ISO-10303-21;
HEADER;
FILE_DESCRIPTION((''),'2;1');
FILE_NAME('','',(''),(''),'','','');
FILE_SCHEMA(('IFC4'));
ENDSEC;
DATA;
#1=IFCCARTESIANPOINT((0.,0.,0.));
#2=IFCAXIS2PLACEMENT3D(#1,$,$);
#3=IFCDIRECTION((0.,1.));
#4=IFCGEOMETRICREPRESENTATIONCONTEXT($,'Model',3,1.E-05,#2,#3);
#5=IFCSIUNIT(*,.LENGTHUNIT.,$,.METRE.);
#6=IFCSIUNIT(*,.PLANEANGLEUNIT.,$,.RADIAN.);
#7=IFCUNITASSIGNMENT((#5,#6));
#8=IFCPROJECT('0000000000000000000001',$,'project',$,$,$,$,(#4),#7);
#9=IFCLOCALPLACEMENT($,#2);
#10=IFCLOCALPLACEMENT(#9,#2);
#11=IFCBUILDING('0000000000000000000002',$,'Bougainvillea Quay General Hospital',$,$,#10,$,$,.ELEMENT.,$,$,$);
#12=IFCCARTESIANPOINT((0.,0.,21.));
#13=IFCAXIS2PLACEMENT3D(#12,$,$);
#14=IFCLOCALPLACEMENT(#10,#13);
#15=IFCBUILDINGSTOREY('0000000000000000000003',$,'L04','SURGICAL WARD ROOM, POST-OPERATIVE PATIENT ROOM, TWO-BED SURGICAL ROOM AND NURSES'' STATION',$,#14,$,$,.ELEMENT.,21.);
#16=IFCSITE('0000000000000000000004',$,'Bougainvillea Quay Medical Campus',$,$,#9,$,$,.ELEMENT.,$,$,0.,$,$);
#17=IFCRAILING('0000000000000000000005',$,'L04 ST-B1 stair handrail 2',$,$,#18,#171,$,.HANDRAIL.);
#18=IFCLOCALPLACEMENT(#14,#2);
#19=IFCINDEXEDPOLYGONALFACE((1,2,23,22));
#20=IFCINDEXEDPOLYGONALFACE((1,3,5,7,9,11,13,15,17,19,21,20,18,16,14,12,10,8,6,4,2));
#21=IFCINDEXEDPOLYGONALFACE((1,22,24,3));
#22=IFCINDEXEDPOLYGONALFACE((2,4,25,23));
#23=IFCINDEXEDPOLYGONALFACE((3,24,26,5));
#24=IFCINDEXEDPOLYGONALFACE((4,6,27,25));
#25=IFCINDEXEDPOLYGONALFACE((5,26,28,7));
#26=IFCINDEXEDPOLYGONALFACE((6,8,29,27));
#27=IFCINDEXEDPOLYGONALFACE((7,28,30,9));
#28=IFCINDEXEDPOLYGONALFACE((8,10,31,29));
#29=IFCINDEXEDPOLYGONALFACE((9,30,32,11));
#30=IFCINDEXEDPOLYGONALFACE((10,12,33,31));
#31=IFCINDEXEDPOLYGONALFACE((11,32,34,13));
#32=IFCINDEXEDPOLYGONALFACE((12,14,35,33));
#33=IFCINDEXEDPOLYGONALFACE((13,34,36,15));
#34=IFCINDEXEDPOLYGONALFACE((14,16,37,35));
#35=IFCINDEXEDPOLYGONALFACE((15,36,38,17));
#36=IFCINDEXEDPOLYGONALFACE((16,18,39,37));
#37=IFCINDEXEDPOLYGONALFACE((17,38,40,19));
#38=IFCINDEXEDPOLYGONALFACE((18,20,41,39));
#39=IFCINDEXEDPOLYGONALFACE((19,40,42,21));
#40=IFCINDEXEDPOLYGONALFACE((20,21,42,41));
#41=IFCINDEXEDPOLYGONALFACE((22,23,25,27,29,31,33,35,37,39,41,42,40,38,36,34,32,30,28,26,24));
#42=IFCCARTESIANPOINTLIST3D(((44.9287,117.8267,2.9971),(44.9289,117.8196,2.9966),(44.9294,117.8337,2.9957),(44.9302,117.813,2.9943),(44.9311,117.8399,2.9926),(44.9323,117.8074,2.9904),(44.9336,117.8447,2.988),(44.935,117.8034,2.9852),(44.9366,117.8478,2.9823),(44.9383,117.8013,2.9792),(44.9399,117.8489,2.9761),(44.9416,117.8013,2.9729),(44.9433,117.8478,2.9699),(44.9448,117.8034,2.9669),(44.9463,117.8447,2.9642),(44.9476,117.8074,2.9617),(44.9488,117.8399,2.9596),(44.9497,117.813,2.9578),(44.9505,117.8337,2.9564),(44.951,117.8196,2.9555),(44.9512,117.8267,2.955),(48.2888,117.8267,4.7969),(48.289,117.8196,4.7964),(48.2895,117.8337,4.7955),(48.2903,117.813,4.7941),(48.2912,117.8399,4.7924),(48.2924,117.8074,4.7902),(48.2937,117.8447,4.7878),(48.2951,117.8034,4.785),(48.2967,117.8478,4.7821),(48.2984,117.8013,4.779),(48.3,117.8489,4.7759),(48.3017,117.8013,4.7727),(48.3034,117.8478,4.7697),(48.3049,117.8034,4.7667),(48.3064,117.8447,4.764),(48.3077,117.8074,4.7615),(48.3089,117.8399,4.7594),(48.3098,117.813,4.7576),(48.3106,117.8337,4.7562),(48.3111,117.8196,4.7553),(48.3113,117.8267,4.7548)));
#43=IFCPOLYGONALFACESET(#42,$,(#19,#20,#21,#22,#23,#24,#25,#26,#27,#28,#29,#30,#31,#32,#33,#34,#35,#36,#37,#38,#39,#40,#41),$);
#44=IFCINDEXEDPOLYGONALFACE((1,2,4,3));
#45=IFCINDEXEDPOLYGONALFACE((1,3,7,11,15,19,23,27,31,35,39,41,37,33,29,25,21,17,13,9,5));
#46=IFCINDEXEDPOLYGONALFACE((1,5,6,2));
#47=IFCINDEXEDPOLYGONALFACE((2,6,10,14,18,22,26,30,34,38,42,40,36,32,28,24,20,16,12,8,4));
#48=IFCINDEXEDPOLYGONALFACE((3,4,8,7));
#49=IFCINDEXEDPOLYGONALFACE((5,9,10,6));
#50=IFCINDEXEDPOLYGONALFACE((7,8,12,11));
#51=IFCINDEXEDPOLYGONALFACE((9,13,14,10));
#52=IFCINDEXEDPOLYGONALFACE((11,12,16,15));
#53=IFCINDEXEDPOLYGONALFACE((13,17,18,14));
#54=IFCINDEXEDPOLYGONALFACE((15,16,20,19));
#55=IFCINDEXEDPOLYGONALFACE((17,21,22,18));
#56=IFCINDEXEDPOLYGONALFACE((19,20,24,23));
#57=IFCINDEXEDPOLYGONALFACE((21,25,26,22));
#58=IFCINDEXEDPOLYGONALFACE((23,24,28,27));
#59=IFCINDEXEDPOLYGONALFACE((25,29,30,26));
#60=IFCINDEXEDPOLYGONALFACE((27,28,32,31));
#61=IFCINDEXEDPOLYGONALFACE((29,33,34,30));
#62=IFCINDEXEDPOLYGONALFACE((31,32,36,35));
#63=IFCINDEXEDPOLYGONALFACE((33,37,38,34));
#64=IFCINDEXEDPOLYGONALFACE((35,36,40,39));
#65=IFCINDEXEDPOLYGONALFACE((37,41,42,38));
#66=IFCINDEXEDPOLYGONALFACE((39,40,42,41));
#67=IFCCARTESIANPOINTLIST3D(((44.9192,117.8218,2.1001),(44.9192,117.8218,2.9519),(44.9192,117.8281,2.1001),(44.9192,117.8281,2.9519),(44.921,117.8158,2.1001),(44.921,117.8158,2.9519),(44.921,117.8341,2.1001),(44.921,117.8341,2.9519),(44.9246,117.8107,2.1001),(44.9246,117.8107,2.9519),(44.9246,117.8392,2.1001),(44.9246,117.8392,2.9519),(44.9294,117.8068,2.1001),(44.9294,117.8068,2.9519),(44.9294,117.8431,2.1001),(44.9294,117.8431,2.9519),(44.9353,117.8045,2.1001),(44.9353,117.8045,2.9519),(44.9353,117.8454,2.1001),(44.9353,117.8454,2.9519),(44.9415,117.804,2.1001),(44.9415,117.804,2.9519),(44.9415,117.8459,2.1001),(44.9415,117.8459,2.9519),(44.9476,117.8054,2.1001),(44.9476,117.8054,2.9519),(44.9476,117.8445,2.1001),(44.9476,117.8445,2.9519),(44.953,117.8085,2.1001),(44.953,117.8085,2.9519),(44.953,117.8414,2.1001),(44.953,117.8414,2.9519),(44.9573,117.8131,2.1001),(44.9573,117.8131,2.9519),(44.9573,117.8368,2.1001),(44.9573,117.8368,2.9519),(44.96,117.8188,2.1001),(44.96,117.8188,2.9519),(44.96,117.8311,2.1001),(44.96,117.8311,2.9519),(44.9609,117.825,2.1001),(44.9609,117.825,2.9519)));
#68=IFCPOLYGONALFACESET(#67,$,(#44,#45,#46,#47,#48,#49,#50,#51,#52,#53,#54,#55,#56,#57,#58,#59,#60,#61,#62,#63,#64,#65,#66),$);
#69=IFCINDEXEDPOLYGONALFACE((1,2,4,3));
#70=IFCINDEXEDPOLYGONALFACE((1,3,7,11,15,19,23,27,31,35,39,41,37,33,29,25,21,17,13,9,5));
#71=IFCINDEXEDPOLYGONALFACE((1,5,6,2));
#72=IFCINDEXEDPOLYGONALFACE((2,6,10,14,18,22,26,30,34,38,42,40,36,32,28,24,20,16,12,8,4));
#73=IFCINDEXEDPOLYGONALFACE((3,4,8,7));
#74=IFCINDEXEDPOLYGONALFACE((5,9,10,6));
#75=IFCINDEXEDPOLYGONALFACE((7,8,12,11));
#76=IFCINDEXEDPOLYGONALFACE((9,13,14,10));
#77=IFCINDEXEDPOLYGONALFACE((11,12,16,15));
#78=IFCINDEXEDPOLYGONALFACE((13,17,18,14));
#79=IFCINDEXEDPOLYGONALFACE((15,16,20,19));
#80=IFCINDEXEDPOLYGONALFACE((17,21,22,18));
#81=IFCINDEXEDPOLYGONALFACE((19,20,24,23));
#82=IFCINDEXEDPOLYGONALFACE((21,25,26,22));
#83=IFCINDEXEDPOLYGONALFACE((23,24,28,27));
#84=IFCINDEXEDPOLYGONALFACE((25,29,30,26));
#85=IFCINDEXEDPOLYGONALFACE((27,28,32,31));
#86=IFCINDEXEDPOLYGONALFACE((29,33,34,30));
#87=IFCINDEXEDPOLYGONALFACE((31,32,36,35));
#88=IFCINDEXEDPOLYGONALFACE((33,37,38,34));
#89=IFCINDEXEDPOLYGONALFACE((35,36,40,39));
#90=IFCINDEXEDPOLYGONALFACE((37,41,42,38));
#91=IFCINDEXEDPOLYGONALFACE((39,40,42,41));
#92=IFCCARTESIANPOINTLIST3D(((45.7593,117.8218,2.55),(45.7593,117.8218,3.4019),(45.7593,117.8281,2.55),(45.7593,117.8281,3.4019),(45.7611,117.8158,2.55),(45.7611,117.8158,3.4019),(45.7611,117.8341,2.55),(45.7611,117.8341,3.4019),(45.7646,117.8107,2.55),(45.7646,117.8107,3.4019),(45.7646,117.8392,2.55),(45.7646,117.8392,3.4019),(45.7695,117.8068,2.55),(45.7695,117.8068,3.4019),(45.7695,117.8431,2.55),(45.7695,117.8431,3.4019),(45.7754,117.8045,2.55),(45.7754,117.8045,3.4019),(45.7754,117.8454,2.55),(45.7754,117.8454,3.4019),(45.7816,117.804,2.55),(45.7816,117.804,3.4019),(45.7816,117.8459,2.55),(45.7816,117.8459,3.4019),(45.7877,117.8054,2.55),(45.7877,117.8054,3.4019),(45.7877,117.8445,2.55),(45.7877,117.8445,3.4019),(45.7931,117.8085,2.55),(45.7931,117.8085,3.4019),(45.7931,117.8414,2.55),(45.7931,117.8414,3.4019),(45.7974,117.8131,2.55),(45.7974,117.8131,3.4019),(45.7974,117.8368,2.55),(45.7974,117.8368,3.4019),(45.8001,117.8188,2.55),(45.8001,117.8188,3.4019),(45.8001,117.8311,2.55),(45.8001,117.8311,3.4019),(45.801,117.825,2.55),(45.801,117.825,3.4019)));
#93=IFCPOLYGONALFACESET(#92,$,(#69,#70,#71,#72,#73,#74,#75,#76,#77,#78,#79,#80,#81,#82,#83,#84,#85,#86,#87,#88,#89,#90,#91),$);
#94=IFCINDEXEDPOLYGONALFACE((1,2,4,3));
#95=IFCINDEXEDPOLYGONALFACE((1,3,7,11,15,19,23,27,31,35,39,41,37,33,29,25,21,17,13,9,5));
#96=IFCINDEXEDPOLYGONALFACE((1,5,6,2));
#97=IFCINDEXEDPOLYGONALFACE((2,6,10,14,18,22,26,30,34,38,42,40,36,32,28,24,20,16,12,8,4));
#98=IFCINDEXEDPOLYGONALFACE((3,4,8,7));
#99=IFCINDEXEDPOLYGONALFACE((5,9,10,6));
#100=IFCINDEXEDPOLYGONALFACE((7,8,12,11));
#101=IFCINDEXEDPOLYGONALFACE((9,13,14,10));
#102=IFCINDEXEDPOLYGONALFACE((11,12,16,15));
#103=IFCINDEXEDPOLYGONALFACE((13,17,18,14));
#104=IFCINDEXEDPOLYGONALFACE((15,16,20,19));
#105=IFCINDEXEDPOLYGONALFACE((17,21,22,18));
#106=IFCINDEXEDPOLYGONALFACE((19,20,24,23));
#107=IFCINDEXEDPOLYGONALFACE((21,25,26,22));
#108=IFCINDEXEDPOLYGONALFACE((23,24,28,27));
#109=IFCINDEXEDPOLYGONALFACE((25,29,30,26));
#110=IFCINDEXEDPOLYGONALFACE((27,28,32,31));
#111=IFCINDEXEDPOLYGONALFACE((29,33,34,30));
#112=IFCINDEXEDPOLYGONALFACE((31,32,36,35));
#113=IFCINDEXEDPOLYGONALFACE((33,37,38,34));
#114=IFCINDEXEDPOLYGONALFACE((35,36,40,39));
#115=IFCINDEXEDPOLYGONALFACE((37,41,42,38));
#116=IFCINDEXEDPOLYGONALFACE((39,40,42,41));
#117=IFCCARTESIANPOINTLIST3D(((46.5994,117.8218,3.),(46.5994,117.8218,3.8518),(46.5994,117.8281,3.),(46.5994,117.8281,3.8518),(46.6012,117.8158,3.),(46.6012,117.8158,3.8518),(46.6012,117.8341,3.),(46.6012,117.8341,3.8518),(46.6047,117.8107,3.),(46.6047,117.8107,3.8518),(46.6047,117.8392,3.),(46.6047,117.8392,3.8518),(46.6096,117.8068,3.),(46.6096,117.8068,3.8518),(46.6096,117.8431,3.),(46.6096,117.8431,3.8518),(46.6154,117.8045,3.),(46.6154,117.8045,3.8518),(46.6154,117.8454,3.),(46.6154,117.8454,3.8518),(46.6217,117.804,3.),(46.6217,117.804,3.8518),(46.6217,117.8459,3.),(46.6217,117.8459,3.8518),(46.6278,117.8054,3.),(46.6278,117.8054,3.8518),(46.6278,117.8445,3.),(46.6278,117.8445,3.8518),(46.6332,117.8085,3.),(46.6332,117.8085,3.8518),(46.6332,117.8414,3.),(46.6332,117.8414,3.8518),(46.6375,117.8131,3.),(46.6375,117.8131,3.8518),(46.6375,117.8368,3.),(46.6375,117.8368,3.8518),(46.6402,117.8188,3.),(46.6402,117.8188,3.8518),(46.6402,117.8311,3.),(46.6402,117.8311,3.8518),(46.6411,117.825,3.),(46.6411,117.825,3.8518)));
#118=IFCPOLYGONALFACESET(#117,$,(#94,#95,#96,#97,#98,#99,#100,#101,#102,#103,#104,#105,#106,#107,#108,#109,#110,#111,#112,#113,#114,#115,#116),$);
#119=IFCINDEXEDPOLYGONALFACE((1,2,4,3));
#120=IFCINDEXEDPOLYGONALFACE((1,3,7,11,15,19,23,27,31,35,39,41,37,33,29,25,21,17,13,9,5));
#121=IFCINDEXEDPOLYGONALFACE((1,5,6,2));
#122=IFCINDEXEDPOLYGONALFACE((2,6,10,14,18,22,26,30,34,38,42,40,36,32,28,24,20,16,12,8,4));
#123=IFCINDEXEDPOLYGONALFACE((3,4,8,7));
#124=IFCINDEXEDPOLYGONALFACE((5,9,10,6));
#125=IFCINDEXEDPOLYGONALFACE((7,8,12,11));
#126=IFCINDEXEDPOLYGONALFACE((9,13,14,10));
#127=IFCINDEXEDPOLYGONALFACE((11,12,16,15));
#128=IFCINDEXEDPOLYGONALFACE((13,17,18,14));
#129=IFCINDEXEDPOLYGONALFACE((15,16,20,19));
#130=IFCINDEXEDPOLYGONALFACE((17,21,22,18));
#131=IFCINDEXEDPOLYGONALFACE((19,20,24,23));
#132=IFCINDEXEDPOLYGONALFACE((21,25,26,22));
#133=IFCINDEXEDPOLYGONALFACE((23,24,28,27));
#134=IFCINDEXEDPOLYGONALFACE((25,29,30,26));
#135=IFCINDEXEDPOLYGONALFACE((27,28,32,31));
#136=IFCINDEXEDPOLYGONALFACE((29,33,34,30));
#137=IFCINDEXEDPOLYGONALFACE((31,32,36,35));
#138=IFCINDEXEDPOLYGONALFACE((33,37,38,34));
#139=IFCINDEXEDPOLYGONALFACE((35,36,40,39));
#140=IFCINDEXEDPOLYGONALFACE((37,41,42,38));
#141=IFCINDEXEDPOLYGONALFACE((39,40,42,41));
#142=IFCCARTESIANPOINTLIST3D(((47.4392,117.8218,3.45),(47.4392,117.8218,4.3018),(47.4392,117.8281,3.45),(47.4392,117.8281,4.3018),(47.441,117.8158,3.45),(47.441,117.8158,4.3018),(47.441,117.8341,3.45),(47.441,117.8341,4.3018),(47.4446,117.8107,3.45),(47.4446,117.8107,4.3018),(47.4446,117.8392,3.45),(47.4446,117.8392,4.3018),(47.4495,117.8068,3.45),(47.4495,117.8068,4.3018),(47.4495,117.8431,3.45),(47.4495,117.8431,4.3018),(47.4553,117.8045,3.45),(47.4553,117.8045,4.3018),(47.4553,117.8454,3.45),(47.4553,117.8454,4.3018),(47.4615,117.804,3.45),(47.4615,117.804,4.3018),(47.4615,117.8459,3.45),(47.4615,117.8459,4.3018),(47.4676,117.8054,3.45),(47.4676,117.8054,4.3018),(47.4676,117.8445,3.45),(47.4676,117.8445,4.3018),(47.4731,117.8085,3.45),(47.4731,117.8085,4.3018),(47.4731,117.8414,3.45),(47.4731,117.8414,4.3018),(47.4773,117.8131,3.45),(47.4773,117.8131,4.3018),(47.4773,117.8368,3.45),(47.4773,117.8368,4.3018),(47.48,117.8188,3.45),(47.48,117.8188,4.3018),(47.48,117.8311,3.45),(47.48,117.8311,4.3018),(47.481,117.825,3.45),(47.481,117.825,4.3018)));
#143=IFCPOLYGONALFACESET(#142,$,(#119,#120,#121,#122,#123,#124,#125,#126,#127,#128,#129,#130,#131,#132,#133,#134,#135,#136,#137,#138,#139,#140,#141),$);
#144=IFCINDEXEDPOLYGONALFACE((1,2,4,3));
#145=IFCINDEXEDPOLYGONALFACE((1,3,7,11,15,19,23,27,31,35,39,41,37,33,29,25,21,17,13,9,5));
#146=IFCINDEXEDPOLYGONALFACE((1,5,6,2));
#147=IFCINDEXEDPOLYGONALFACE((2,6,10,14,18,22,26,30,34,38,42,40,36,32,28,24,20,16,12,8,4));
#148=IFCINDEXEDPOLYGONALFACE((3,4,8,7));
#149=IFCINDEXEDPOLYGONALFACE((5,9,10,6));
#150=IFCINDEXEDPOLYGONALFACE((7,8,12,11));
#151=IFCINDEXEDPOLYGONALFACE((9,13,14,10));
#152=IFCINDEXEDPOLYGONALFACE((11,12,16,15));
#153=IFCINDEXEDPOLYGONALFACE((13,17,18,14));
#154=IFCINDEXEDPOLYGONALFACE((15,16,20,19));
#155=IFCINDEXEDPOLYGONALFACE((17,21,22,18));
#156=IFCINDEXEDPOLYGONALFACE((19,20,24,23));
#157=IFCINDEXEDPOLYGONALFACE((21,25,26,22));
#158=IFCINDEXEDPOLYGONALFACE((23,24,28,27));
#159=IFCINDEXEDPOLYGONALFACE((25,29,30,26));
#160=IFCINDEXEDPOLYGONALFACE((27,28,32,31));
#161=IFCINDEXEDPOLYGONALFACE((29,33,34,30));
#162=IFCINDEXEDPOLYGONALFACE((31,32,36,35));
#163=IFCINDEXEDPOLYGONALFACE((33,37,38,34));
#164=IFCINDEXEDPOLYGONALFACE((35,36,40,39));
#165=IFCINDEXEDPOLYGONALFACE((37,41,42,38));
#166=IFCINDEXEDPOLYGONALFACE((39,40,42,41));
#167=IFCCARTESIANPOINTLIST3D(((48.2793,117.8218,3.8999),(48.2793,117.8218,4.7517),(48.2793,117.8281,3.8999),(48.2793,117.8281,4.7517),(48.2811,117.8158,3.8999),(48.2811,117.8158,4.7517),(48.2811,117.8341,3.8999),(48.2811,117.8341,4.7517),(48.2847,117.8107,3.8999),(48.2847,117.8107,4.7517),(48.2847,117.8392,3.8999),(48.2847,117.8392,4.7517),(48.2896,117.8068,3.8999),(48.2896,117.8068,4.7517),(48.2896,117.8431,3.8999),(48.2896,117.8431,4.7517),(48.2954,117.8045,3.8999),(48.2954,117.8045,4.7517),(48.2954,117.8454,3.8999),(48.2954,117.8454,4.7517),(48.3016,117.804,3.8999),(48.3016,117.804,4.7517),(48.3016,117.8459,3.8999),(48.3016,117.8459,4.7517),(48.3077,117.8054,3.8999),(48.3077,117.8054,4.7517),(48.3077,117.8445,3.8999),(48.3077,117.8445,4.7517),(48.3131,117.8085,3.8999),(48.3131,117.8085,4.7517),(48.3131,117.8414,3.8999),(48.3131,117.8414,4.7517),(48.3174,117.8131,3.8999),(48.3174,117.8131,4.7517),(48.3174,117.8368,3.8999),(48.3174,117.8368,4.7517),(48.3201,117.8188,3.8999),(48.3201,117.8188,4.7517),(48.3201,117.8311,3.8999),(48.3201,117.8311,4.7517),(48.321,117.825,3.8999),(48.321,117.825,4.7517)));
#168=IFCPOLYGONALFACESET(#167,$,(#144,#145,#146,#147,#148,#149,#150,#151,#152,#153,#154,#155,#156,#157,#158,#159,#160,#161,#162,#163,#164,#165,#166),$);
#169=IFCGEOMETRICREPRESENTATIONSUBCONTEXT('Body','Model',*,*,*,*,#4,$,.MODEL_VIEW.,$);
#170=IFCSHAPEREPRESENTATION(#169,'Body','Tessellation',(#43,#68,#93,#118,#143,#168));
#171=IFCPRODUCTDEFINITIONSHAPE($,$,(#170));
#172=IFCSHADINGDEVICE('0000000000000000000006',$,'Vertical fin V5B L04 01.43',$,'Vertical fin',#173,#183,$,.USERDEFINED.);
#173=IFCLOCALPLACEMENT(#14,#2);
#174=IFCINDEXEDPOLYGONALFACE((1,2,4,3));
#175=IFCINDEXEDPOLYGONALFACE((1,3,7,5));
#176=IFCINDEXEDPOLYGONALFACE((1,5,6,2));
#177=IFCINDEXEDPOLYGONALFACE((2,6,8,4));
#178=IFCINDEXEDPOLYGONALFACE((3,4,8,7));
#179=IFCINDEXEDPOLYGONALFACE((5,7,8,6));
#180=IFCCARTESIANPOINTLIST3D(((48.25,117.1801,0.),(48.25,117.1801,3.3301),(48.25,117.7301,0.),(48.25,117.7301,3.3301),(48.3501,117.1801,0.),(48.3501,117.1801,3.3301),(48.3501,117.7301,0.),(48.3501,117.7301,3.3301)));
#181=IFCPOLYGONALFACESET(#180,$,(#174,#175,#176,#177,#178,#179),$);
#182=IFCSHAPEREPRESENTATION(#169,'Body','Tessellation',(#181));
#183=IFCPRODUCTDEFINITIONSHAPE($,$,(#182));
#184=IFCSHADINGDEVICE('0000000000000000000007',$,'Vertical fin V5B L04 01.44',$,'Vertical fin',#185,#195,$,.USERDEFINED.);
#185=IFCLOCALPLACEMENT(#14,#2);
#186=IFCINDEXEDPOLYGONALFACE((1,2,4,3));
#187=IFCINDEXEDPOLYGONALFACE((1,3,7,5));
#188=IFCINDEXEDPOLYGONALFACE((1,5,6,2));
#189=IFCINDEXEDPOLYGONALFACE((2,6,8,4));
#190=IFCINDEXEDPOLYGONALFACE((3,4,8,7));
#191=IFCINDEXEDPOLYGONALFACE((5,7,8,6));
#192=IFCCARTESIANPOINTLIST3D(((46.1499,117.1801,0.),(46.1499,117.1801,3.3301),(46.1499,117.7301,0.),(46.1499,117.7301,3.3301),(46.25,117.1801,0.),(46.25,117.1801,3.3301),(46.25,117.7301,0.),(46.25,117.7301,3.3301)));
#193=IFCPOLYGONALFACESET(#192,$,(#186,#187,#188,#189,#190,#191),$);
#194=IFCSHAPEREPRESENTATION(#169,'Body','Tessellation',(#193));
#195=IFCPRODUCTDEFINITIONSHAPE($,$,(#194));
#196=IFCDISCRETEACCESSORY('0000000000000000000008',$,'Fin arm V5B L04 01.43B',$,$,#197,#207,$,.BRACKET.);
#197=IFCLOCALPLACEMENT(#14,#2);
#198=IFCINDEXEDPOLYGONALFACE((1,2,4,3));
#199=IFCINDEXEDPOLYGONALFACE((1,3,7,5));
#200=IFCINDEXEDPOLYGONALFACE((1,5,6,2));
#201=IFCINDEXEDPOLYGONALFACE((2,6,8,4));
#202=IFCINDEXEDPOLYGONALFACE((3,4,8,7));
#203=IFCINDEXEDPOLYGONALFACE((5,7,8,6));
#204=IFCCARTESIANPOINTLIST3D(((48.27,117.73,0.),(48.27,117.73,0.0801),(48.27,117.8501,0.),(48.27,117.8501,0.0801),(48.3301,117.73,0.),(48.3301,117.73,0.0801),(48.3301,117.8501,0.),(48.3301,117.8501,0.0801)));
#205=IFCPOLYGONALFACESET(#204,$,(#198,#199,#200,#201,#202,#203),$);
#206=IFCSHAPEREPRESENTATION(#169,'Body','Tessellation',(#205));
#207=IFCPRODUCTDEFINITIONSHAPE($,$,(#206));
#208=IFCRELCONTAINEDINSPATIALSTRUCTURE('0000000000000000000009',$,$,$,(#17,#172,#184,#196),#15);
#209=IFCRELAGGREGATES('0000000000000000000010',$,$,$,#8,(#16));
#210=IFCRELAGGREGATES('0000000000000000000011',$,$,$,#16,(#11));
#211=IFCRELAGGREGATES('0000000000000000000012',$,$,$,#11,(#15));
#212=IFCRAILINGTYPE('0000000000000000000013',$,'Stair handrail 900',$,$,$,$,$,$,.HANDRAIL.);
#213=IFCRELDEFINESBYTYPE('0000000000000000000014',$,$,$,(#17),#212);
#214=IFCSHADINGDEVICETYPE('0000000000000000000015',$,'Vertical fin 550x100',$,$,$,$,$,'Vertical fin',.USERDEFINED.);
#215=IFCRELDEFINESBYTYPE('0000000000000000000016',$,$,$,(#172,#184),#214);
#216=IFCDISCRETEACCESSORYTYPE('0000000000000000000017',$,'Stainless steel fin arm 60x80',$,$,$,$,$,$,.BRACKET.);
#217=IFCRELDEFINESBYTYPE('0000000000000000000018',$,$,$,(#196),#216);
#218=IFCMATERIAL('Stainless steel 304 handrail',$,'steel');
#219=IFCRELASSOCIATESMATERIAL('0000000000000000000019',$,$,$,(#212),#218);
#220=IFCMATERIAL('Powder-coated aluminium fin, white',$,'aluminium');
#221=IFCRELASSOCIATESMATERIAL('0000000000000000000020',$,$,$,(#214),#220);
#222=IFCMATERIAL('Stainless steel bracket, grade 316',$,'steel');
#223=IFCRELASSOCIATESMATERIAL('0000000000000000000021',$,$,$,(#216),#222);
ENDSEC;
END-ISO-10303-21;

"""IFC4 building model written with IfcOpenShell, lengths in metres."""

from ifc_helpers import new_model, si_unit, direction, frame, origin, origin_2d, place, context, subcontext, project, spatial, rectangle, circle, extrude, material, material_profile, profile_set, type_object, element, save


model = new_model("IFC4")

# Units and contexts
model_context = context("Model", 3, precision=1e-05, world=origin(), true_north=direction((0.0, 1.0)))
body_context = subcontext(model_context, "Body", "Model", "MODEL_VIEW")
ifc_project = project(units=[si_unit("LENGTHUNIT", "METRE"), si_unit("PLANEANGLEUNIT", "RADIAN")], contexts=[model_context])

# Site, building, storey
site_placement = place(None, origin())
site = spatial("IfcSite", under=ifc_project, at=site_placement, Name="Bougainvillea Quay Medical Campus", CompositionType="ELEMENT", RefElevation=0.0)
building_placement = place(site_placement, origin())
building = spatial("IfcBuilding", under=site, at=building_placement, Name="Bougainvillea Quay General Hospital", CompositionType="ELEMENT")
storey_placement = place(building_placement, frame((0.0, 0.0, 21.0)))
storey = spatial("IfcBuildingStorey", under=building, at=storey_placement, Name="L04", Description="SURGICAL WARD ROOM, POST-OPERATIVE PATIENT ROOM, TWO-BED SURGICAL ROOM AND NURSES' STATION", CompositionType="ELEMENT", Elevation=21.0)

# Railing
ifc_material_1 = material(Name="Stainless steel 304 handrail", Category="steel")
railing_type_1 = type_object("IfcRailingType", Name="Stair handrail 900", PredefinedType="HANDRAIL", material=ifc_material_1)
railing_1_placement = place(storey_placement, frame((44.9399, 117.825, 2.1001)))
element("IfcRailing", 1, at=railing_1_placement, inside=storey, type_object=railing_type_1, Name="L04 ST-B1 stair handrail 2", PredefinedType="HANDRAIL", context=body_context, shape_type="SweptSolid", body=[
    extrude(circle(Radius=0.0239, at=origin_2d()), frame((0.0, 0.0, 0.876), z_axis=(0.881508, 0.0, 0.47217), x_axis=(0.0, 1.0, 0.0)), (0.0, 0.0, 1.0), 3.8118),
    extrude(circle(Radius=0.021, at=origin_2d()), origin(), (0.0, 0.0, 1.0), 0.8518),
    extrude(circle(Radius=0.021, at=origin_2d()), frame((0.8401, 0.0, 0.45)), (0.0, 0.0, 1.0), 0.8518),
    extrude(circle(Radius=0.021, at=origin_2d()), frame((1.6802, 0.0, 0.8999)), (0.0, 0.0, 1.0), 0.8518),
    extrude(circle(Radius=0.021, at=origin_2d()), frame((2.52, 0.0, 1.3499)), (0.0, 0.0, 1.0), 0.8518),
    extrude(circle(Radius=0.021, at=origin_2d()), frame((3.3601, 0.0, 1.7998)), (0.0, 0.0, 1.0), 0.8518),
])

# Shading devices
ifc_material_2 = material(Name="Powder-coated aluminium fin, white", Category="aluminium")
ifc_material_profile_1 = material_profile(ifc_material_2, rectangle(XDim=0.55, YDim=0.1001, at=origin_2d()))
ifc_profile_set_1 = profile_set([ifc_material_profile_1], Name="Powder-coated aluminium fin, white")
shading_device_type = type_object("IfcShadingDeviceType", Name="Vertical fin 550x100", ElementType="Vertical fin", PredefinedType="USERDEFINED", material=ifc_profile_set_1)
for number, where, z_axis, x_axis, name in (
    (2, (48.3, 117.4551, 0.0), (0.0, 0.0, 1.0), (0.0, -1.0, 0.0), "Vertical fin V5B L04 01.43"),
    (3, (46.2, 117.4551, 0.0), (0.0, 0.0, 1.0), (0.0, -1.0, 0.0), "Vertical fin V5B L04 01.44"),
):
    element("IfcShadingDevice", number, at=place(storey_placement, frame(where, z_axis=z_axis, x_axis=x_axis)), inside=storey, type_object=shading_device_type, Name=name, ObjectType="Vertical fin", PredefinedType="USERDEFINED", context=body_context, shape_type="SweptSolid", body=[
        extrude(rectangle(XDim=0.55, YDim=0.1001, at=origin_2d()), origin(), (0.0, 0.0, 1.0), 3.3301),
    ])

# Discrete accessory
ifc_material_3 = material(Name="Stainless steel bracket, grade 316", Category="steel")
discrete_accessory_type_1 = type_object("IfcDiscreteAccessoryType", Name="Stainless steel fin arm 60x80", PredefinedType="BRACKET", material=ifc_material_3)
for number, where, z_axis, x_axis, name in (
    (4, (48.3, 117.79, 0.0), (0.0, 0.0, 1.0), (0.0, -1.0, 0.0), "Fin arm V5B L04 01.43B"),
):
    element("IfcDiscreteAccessory", number, at=place(storey_placement, frame(where, z_axis=z_axis, x_axis=x_axis)), inside=storey, type_object=discrete_accessory_type_1, Name=name, PredefinedType="BRACKET", context=body_context, shape_type="SweptSolid", body=[
        extrude(rectangle(XDim=0.1201, YDim=0.0601, at=origin_2d()), origin(), (0.0, 0.0, 1.0), 0.0801),
    ])

save(model, "model.ifc")
